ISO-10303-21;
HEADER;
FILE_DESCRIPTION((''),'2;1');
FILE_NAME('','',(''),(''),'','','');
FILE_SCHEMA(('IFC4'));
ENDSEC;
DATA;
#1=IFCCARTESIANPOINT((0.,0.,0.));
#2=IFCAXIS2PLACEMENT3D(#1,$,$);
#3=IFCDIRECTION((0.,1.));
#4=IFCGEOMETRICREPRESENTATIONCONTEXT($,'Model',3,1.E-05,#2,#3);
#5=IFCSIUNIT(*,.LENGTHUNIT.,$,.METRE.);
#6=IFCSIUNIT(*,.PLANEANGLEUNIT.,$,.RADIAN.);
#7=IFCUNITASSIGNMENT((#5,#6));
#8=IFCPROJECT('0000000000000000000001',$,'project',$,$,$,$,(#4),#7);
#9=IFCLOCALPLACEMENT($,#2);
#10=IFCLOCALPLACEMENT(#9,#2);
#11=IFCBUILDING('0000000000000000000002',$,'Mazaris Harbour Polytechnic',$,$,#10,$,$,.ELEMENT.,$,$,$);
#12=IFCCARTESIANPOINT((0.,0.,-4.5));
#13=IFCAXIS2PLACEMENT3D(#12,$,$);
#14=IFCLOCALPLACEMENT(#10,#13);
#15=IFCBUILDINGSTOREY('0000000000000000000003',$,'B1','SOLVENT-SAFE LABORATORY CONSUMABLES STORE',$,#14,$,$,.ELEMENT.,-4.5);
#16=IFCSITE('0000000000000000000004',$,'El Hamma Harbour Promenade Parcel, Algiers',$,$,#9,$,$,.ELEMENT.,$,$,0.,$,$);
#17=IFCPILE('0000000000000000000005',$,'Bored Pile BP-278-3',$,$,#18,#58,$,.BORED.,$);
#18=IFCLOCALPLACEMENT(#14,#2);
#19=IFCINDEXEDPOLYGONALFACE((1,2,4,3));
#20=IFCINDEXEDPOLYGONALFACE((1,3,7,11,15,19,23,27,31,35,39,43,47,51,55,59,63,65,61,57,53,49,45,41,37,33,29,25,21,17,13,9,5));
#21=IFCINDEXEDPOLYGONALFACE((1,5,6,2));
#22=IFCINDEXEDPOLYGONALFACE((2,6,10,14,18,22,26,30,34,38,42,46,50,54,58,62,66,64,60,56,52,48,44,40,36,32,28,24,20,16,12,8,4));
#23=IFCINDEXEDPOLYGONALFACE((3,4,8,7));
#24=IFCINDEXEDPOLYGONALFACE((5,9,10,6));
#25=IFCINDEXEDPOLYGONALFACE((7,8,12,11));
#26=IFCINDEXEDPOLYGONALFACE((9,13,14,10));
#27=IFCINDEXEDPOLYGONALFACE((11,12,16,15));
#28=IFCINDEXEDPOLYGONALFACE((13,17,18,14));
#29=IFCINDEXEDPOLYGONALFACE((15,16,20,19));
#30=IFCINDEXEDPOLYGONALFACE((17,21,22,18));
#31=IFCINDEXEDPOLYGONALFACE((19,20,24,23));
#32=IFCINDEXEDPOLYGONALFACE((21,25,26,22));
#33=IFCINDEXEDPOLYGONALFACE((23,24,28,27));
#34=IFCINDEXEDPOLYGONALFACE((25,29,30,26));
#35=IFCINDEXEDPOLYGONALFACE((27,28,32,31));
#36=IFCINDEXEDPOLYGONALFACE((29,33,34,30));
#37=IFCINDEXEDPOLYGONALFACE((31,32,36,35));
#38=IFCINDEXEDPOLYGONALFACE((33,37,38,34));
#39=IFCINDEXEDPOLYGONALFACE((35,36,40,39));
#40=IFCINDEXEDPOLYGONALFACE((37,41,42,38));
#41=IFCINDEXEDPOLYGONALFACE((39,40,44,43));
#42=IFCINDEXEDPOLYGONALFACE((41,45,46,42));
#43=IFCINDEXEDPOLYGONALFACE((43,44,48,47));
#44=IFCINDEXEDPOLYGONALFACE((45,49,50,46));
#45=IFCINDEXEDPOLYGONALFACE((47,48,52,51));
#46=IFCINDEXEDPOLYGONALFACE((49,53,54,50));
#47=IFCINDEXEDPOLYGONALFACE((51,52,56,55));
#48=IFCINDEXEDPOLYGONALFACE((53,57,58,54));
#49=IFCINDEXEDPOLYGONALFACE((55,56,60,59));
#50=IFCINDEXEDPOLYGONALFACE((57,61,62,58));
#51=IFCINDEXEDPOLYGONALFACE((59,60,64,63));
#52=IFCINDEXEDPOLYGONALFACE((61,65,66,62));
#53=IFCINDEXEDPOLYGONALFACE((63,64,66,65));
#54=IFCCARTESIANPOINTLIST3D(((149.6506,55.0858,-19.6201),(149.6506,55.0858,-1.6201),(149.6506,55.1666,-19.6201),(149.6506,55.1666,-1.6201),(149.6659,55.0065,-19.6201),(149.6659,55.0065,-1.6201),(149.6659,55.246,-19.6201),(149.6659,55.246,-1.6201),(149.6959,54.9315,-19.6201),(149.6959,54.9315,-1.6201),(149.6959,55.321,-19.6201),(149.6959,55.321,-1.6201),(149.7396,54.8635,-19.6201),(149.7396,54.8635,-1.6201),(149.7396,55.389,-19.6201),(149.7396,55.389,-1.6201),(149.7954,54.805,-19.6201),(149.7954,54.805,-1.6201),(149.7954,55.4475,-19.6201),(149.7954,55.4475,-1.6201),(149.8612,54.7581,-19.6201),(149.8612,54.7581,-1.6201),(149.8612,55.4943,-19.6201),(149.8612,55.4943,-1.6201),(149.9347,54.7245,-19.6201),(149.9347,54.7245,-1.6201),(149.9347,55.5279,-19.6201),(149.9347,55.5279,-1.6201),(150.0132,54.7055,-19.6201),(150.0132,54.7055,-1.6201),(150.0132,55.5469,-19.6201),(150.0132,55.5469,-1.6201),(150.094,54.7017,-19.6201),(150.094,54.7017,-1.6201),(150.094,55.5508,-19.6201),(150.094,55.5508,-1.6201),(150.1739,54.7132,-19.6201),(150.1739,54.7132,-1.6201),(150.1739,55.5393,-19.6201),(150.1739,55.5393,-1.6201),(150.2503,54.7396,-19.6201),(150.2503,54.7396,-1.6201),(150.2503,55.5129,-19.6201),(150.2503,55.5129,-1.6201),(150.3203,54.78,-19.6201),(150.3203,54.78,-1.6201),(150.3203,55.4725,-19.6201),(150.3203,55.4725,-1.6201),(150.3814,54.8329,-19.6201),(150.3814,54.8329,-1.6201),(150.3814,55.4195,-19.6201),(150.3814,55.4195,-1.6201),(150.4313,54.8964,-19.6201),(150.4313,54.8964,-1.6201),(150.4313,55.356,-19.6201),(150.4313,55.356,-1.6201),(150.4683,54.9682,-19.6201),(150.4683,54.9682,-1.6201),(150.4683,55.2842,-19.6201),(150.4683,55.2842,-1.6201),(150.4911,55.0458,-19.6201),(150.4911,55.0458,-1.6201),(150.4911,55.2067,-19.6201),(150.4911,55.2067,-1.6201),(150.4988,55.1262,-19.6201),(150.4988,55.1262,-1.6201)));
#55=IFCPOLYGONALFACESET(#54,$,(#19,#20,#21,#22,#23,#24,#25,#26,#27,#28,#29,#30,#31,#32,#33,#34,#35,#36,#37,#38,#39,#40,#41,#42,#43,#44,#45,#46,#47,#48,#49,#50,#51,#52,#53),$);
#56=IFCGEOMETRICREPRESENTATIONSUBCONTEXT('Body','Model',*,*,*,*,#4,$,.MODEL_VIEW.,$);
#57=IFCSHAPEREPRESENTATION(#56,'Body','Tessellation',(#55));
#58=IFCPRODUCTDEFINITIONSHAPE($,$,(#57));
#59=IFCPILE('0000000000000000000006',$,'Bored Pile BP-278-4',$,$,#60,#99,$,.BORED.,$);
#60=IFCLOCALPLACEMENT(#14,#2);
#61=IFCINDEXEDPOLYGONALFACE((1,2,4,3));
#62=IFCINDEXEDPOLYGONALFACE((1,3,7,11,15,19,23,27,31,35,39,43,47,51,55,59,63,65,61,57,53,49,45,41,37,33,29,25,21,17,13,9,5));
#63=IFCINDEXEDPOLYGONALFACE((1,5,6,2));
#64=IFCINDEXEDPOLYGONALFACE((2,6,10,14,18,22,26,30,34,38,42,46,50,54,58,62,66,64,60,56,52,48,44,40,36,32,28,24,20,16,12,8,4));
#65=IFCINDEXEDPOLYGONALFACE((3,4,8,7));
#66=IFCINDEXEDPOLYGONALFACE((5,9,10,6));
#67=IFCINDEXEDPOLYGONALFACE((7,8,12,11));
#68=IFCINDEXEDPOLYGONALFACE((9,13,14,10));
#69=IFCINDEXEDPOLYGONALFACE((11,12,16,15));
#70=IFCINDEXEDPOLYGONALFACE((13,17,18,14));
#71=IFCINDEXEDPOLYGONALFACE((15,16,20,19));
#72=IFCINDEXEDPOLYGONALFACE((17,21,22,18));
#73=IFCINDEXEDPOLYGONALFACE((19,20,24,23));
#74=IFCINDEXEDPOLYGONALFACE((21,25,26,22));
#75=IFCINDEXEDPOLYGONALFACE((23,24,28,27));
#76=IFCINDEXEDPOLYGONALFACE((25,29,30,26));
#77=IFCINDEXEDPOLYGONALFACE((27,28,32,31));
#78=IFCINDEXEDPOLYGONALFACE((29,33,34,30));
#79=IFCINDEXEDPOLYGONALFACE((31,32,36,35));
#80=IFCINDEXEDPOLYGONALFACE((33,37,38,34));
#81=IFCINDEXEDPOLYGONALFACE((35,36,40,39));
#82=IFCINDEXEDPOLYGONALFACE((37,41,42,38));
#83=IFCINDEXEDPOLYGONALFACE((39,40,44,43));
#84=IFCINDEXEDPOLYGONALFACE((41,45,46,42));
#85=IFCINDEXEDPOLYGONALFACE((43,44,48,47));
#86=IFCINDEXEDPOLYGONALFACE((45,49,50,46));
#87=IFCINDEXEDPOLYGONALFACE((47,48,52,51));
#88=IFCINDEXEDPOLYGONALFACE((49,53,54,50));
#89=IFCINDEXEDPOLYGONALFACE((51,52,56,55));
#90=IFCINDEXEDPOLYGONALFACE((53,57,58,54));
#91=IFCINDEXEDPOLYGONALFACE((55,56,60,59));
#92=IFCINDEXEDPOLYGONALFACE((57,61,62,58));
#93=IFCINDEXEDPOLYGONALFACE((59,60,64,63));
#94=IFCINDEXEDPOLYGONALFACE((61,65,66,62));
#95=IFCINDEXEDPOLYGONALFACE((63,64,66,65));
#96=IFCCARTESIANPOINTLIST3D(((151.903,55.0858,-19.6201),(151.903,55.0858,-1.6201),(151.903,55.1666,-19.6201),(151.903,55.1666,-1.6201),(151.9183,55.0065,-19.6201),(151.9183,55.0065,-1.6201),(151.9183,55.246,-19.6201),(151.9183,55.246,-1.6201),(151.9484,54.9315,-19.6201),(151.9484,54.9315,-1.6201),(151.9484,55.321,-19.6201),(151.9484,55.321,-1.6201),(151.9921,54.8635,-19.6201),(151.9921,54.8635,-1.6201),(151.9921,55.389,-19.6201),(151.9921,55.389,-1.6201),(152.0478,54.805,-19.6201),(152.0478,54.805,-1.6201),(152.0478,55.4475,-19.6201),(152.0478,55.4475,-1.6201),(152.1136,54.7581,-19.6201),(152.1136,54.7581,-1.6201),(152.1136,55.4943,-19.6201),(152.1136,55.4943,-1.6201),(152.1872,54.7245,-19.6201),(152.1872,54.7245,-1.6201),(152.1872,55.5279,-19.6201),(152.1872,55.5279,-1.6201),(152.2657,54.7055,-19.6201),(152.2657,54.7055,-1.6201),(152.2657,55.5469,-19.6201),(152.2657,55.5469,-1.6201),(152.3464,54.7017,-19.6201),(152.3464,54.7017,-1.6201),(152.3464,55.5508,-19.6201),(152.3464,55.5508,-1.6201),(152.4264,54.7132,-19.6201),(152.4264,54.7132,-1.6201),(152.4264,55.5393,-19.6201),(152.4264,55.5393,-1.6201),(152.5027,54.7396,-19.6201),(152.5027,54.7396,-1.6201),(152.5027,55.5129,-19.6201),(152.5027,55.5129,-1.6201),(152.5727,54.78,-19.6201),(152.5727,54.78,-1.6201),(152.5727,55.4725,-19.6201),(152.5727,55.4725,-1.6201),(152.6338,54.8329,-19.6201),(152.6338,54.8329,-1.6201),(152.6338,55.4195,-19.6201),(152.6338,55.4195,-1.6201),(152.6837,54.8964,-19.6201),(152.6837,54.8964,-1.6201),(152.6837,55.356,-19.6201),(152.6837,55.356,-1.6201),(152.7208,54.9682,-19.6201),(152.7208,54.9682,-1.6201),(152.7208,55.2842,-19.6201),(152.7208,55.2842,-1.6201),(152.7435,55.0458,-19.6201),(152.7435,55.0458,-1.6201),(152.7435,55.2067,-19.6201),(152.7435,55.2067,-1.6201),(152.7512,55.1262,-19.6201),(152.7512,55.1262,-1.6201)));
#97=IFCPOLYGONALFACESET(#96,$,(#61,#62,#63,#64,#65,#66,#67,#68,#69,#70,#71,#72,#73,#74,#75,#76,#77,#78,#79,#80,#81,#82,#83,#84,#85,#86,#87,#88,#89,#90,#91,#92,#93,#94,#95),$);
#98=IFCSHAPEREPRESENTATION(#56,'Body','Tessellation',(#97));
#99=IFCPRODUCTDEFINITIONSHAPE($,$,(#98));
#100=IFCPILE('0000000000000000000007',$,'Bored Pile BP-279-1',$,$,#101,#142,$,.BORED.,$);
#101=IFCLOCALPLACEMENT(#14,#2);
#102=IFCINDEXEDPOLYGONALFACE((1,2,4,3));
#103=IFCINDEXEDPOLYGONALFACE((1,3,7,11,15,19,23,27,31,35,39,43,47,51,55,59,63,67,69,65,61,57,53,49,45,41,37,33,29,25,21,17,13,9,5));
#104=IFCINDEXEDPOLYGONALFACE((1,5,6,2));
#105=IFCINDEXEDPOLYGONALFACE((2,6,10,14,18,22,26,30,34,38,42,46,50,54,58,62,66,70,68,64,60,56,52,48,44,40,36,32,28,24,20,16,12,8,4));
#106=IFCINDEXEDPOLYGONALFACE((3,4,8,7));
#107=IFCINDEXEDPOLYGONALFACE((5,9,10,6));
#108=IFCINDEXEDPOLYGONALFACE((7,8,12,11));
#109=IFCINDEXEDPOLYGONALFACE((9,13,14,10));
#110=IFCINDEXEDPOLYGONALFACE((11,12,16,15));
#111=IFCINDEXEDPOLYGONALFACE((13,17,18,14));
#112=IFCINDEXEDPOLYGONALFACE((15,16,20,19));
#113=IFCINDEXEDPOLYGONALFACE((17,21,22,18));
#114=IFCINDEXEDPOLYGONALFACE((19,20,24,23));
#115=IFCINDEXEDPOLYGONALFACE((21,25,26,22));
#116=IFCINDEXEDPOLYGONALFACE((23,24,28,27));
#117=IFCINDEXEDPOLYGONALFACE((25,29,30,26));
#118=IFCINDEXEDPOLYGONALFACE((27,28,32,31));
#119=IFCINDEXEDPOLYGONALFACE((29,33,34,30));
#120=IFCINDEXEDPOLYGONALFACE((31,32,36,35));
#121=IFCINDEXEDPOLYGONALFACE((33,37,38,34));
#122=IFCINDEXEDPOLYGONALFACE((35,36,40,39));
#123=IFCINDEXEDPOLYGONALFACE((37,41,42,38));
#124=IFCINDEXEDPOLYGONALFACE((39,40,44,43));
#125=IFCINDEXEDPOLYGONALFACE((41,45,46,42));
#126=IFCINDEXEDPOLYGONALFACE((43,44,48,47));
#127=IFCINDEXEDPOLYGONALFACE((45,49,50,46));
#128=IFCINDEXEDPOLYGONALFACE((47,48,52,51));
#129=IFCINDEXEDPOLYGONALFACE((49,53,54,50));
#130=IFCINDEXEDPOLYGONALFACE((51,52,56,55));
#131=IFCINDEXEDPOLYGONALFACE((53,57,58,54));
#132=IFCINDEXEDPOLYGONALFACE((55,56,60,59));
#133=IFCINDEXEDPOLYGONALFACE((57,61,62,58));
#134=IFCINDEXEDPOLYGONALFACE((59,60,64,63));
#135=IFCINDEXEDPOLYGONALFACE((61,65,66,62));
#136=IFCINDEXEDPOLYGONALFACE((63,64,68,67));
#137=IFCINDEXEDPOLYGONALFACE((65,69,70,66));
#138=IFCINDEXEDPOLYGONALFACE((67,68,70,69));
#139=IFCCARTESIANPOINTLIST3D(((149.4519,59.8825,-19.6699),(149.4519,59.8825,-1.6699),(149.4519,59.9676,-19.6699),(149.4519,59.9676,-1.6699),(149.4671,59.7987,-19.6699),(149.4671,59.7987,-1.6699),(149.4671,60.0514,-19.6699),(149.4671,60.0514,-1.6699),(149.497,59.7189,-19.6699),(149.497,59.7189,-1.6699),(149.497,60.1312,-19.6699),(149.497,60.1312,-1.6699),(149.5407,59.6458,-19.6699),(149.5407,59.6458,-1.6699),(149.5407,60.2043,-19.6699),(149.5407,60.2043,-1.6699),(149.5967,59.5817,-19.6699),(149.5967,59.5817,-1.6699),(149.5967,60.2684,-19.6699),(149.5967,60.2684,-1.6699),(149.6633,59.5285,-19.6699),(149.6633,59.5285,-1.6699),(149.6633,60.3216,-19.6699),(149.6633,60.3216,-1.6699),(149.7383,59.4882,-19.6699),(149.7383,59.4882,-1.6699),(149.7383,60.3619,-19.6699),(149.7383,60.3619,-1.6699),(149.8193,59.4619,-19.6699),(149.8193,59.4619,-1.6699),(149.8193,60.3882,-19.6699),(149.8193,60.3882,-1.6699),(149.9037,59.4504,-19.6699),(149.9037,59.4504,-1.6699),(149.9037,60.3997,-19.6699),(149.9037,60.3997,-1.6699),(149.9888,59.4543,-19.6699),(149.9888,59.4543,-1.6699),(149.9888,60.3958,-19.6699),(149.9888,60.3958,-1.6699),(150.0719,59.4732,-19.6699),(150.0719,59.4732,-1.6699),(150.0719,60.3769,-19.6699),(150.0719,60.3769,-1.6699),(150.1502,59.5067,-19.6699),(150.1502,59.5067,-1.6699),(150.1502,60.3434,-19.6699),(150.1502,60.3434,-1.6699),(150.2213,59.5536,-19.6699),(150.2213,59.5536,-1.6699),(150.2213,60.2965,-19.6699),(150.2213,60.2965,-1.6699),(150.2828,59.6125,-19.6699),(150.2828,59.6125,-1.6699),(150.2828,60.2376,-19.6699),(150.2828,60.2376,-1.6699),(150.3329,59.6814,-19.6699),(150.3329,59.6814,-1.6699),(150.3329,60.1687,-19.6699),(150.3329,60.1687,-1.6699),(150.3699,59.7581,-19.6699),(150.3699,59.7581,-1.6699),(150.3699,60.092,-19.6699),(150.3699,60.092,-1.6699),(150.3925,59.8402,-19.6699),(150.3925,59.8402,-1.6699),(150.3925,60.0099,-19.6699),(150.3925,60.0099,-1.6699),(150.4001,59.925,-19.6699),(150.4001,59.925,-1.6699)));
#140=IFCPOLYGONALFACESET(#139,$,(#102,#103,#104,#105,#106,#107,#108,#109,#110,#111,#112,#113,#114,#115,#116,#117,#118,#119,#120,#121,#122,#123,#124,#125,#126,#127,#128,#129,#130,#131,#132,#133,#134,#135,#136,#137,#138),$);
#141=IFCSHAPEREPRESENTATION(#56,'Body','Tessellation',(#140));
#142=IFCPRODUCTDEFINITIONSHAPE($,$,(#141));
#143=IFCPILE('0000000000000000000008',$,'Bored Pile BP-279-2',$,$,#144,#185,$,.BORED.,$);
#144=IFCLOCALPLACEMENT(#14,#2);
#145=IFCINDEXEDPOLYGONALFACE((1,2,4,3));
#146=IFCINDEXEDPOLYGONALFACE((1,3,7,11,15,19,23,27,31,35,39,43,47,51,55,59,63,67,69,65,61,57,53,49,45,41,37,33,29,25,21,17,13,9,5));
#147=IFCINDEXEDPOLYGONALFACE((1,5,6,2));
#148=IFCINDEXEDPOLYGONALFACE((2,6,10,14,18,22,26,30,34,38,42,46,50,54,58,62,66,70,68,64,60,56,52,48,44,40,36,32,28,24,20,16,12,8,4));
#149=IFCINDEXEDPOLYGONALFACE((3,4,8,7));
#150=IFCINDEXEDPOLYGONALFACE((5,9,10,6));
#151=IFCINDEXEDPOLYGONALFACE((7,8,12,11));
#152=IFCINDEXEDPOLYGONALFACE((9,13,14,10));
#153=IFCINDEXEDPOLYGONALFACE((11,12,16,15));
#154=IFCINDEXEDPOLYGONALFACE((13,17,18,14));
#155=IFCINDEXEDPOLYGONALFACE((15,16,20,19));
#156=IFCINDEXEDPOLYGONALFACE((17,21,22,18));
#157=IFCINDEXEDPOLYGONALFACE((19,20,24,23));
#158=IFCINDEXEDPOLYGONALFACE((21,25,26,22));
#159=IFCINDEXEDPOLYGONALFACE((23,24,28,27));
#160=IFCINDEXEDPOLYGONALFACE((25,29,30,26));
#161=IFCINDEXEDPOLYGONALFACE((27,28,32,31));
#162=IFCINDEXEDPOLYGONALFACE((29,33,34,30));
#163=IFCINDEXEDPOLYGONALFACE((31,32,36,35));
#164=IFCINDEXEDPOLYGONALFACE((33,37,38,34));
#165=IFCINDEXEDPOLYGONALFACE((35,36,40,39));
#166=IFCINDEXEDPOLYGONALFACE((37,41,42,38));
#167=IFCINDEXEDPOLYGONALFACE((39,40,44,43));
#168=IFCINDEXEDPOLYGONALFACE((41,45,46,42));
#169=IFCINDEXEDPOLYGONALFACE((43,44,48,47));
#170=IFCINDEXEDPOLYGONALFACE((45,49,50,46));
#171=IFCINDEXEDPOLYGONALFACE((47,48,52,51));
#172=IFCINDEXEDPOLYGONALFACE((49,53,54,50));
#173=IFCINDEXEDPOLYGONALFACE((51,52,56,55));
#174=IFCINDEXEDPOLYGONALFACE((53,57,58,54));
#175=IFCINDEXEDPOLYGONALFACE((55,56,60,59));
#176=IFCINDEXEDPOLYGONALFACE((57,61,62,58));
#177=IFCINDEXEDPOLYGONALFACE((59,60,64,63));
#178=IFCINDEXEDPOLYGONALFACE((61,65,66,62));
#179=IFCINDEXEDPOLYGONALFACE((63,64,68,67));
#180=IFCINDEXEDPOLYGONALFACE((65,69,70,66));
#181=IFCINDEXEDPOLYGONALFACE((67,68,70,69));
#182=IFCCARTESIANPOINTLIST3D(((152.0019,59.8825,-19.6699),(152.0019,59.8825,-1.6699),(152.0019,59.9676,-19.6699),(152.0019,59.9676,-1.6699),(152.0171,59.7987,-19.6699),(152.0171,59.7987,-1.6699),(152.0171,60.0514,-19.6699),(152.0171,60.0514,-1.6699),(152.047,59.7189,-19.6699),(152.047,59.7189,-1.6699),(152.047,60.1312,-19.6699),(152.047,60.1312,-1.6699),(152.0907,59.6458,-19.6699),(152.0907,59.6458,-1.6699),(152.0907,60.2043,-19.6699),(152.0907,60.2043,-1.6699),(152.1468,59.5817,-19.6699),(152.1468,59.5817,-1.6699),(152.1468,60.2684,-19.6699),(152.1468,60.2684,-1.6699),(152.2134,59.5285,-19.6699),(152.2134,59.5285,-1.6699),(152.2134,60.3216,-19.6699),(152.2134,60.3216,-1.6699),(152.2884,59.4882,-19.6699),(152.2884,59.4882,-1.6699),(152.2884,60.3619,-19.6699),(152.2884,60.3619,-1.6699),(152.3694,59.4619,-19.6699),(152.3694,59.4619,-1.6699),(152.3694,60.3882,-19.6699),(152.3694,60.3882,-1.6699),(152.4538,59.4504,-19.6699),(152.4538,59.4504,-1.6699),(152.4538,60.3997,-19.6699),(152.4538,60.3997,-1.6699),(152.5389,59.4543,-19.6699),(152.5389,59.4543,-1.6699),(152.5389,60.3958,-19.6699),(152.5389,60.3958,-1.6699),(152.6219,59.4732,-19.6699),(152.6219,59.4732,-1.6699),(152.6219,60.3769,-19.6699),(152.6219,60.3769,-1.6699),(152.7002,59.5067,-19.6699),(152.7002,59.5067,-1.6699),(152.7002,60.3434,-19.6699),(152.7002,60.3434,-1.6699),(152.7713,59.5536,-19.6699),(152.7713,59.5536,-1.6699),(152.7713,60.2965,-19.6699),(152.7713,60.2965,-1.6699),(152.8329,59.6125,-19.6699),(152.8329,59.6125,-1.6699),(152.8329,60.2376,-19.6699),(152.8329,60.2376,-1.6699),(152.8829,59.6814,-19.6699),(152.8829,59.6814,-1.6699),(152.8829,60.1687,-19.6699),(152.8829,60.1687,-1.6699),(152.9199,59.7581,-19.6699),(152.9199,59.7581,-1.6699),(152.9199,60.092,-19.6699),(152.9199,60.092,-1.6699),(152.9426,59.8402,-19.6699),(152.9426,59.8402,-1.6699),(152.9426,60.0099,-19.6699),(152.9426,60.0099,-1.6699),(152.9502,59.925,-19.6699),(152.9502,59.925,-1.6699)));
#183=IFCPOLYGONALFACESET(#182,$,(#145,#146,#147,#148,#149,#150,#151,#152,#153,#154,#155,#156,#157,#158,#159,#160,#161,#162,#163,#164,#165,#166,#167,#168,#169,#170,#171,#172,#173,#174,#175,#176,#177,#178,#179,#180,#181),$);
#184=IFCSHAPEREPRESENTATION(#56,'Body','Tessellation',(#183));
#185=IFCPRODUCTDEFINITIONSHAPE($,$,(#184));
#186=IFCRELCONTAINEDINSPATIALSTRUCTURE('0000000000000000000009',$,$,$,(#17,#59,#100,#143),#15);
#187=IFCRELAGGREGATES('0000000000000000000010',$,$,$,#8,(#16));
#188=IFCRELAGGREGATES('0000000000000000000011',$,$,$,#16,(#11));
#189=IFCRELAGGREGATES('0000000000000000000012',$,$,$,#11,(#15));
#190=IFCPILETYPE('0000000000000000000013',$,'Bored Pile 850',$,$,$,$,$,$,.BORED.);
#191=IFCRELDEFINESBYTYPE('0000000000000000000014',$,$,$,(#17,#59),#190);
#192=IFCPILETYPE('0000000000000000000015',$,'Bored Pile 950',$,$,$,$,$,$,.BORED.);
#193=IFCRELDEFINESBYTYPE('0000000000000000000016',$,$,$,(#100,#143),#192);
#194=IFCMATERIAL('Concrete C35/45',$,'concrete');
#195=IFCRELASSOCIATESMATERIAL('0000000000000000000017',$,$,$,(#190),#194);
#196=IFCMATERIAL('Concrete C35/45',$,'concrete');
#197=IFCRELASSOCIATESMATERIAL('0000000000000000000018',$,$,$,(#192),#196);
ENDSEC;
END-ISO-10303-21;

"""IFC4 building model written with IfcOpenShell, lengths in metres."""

from ifc_helpers import new_model, si_unit, direction, frame, origin, origin_2d, place, context, subcontext, project, spatial, circle, extrude, material, material_profile, profile_set, type_object, element, save


model = new_model("IFC4")

# Units and contexts
model_context = context("Model", 3, precision=1e-05, world=origin(), true_north=direction((0.0, 1.0)))
body_context = subcontext(model_context, "Body", "Model", "MODEL_VIEW")
ifc_project = project(units=[si_unit("LENGTHUNIT", "METRE"), si_unit("PLANEANGLEUNIT", "RADIAN")], contexts=[model_context])

# Site, building, storey
site_placement = place(None, origin())
site = spatial("IfcSite", under=ifc_project, at=site_placement, Name="El Hamma Harbour Promenade Parcel, Algiers", CompositionType="ELEMENT", RefElevation=0.0)
building_placement = place(site_placement, origin())
building = spatial("IfcBuilding", under=site, at=building_placement, Name="Mazaris Harbour Polytechnic", CompositionType="ELEMENT")
storey_placement = place(building_placement, frame((0.0, 0.0, -4.5)))
storey = spatial("IfcBuildingStorey", under=building, at=storey_placement, Name="B1", Description="SOLVENT-SAFE LABORATORY CONSUMABLES STORE", CompositionType="ELEMENT", Elevation=-4.5)

# Piles
ifc_material_1 = material(Name="Concrete C35/45", Category="concrete")
ifc_material_profile_1 = material_profile(ifc_material_1, circle(Radius=0.425, at=origin_2d()), Name="DIA850")
ifc_profile_set_1 = profile_set([ifc_material_profile_1], Name="Concrete C35/45")
pile_type_1 = type_object("IfcPileType", Name="Bored Pile 850", PredefinedType="BORED", material=ifc_profile_set_1)
for number, where, z_axis, x_axis, name in (
    (1, (150.0737, 55.1262, -1.6201), (0.0, 0.0, -1.0), (1.0, 0.0, 0.0), "Bored Pile BP-278-3"),
    (2, (152.3262, 55.1262, -1.6201), (0.0, 0.0, -1.0), (1.0, 0.0, 0.0), "Bored Pile BP-278-4"),
):
    element("IfcPile", number, at=place(storey_placement, frame(where, z_axis=z_axis, x_axis=x_axis)), inside=storey, type_object=pile_type_1, Name=name, PredefinedType="BORED", context=body_context, shape_type="SweptSolid", body=[
        extrude(circle(Radius=0.425, at=origin_2d()), origin(), (0.0, 0.0, 1.0), 18.0),
    ])
ifc_material_2 = material(Name="Concrete C35/45", Category="concrete")
ifc_material_profile_2 = material_profile(ifc_material_2, circle(Radius=0.4751, at=origin_2d()), Name="DIA950")
ifc_profile_set_2 = profile_set([ifc_material_profile_2], Name="Concrete C35/45")
pile_type_2 = type_object("IfcPileType", Name="Bored Pile 950", PredefinedType="BORED", material=ifc_profile_set_2)
for number, where, z_axis, x_axis, name in (
    (3, (149.925, 59.925, -1.6699), (0.0, 0.0, -1.0), (1.0, 0.0, 0.0), "Bored Pile BP-279-1"),
    (4, (152.4751, 59.925, -1.6699), (0.0, 0.0, -1.0), (1.0, 0.0, 0.0), "Bored Pile BP-279-2"),
):
    element("IfcPile", number, at=place(storey_placement, frame(where, z_axis=z_axis, x_axis=x_axis)), inside=storey, type_object=pile_type_2, Name=name, PredefinedType="BORED", context=body_context, shape_type="SweptSolid", body=[
        extrude(circle(Radius=0.4751, at=origin_2d()), origin(), (0.0, 0.0, 1.0), 18.0),
    ])

save(model, "model.ifc")
